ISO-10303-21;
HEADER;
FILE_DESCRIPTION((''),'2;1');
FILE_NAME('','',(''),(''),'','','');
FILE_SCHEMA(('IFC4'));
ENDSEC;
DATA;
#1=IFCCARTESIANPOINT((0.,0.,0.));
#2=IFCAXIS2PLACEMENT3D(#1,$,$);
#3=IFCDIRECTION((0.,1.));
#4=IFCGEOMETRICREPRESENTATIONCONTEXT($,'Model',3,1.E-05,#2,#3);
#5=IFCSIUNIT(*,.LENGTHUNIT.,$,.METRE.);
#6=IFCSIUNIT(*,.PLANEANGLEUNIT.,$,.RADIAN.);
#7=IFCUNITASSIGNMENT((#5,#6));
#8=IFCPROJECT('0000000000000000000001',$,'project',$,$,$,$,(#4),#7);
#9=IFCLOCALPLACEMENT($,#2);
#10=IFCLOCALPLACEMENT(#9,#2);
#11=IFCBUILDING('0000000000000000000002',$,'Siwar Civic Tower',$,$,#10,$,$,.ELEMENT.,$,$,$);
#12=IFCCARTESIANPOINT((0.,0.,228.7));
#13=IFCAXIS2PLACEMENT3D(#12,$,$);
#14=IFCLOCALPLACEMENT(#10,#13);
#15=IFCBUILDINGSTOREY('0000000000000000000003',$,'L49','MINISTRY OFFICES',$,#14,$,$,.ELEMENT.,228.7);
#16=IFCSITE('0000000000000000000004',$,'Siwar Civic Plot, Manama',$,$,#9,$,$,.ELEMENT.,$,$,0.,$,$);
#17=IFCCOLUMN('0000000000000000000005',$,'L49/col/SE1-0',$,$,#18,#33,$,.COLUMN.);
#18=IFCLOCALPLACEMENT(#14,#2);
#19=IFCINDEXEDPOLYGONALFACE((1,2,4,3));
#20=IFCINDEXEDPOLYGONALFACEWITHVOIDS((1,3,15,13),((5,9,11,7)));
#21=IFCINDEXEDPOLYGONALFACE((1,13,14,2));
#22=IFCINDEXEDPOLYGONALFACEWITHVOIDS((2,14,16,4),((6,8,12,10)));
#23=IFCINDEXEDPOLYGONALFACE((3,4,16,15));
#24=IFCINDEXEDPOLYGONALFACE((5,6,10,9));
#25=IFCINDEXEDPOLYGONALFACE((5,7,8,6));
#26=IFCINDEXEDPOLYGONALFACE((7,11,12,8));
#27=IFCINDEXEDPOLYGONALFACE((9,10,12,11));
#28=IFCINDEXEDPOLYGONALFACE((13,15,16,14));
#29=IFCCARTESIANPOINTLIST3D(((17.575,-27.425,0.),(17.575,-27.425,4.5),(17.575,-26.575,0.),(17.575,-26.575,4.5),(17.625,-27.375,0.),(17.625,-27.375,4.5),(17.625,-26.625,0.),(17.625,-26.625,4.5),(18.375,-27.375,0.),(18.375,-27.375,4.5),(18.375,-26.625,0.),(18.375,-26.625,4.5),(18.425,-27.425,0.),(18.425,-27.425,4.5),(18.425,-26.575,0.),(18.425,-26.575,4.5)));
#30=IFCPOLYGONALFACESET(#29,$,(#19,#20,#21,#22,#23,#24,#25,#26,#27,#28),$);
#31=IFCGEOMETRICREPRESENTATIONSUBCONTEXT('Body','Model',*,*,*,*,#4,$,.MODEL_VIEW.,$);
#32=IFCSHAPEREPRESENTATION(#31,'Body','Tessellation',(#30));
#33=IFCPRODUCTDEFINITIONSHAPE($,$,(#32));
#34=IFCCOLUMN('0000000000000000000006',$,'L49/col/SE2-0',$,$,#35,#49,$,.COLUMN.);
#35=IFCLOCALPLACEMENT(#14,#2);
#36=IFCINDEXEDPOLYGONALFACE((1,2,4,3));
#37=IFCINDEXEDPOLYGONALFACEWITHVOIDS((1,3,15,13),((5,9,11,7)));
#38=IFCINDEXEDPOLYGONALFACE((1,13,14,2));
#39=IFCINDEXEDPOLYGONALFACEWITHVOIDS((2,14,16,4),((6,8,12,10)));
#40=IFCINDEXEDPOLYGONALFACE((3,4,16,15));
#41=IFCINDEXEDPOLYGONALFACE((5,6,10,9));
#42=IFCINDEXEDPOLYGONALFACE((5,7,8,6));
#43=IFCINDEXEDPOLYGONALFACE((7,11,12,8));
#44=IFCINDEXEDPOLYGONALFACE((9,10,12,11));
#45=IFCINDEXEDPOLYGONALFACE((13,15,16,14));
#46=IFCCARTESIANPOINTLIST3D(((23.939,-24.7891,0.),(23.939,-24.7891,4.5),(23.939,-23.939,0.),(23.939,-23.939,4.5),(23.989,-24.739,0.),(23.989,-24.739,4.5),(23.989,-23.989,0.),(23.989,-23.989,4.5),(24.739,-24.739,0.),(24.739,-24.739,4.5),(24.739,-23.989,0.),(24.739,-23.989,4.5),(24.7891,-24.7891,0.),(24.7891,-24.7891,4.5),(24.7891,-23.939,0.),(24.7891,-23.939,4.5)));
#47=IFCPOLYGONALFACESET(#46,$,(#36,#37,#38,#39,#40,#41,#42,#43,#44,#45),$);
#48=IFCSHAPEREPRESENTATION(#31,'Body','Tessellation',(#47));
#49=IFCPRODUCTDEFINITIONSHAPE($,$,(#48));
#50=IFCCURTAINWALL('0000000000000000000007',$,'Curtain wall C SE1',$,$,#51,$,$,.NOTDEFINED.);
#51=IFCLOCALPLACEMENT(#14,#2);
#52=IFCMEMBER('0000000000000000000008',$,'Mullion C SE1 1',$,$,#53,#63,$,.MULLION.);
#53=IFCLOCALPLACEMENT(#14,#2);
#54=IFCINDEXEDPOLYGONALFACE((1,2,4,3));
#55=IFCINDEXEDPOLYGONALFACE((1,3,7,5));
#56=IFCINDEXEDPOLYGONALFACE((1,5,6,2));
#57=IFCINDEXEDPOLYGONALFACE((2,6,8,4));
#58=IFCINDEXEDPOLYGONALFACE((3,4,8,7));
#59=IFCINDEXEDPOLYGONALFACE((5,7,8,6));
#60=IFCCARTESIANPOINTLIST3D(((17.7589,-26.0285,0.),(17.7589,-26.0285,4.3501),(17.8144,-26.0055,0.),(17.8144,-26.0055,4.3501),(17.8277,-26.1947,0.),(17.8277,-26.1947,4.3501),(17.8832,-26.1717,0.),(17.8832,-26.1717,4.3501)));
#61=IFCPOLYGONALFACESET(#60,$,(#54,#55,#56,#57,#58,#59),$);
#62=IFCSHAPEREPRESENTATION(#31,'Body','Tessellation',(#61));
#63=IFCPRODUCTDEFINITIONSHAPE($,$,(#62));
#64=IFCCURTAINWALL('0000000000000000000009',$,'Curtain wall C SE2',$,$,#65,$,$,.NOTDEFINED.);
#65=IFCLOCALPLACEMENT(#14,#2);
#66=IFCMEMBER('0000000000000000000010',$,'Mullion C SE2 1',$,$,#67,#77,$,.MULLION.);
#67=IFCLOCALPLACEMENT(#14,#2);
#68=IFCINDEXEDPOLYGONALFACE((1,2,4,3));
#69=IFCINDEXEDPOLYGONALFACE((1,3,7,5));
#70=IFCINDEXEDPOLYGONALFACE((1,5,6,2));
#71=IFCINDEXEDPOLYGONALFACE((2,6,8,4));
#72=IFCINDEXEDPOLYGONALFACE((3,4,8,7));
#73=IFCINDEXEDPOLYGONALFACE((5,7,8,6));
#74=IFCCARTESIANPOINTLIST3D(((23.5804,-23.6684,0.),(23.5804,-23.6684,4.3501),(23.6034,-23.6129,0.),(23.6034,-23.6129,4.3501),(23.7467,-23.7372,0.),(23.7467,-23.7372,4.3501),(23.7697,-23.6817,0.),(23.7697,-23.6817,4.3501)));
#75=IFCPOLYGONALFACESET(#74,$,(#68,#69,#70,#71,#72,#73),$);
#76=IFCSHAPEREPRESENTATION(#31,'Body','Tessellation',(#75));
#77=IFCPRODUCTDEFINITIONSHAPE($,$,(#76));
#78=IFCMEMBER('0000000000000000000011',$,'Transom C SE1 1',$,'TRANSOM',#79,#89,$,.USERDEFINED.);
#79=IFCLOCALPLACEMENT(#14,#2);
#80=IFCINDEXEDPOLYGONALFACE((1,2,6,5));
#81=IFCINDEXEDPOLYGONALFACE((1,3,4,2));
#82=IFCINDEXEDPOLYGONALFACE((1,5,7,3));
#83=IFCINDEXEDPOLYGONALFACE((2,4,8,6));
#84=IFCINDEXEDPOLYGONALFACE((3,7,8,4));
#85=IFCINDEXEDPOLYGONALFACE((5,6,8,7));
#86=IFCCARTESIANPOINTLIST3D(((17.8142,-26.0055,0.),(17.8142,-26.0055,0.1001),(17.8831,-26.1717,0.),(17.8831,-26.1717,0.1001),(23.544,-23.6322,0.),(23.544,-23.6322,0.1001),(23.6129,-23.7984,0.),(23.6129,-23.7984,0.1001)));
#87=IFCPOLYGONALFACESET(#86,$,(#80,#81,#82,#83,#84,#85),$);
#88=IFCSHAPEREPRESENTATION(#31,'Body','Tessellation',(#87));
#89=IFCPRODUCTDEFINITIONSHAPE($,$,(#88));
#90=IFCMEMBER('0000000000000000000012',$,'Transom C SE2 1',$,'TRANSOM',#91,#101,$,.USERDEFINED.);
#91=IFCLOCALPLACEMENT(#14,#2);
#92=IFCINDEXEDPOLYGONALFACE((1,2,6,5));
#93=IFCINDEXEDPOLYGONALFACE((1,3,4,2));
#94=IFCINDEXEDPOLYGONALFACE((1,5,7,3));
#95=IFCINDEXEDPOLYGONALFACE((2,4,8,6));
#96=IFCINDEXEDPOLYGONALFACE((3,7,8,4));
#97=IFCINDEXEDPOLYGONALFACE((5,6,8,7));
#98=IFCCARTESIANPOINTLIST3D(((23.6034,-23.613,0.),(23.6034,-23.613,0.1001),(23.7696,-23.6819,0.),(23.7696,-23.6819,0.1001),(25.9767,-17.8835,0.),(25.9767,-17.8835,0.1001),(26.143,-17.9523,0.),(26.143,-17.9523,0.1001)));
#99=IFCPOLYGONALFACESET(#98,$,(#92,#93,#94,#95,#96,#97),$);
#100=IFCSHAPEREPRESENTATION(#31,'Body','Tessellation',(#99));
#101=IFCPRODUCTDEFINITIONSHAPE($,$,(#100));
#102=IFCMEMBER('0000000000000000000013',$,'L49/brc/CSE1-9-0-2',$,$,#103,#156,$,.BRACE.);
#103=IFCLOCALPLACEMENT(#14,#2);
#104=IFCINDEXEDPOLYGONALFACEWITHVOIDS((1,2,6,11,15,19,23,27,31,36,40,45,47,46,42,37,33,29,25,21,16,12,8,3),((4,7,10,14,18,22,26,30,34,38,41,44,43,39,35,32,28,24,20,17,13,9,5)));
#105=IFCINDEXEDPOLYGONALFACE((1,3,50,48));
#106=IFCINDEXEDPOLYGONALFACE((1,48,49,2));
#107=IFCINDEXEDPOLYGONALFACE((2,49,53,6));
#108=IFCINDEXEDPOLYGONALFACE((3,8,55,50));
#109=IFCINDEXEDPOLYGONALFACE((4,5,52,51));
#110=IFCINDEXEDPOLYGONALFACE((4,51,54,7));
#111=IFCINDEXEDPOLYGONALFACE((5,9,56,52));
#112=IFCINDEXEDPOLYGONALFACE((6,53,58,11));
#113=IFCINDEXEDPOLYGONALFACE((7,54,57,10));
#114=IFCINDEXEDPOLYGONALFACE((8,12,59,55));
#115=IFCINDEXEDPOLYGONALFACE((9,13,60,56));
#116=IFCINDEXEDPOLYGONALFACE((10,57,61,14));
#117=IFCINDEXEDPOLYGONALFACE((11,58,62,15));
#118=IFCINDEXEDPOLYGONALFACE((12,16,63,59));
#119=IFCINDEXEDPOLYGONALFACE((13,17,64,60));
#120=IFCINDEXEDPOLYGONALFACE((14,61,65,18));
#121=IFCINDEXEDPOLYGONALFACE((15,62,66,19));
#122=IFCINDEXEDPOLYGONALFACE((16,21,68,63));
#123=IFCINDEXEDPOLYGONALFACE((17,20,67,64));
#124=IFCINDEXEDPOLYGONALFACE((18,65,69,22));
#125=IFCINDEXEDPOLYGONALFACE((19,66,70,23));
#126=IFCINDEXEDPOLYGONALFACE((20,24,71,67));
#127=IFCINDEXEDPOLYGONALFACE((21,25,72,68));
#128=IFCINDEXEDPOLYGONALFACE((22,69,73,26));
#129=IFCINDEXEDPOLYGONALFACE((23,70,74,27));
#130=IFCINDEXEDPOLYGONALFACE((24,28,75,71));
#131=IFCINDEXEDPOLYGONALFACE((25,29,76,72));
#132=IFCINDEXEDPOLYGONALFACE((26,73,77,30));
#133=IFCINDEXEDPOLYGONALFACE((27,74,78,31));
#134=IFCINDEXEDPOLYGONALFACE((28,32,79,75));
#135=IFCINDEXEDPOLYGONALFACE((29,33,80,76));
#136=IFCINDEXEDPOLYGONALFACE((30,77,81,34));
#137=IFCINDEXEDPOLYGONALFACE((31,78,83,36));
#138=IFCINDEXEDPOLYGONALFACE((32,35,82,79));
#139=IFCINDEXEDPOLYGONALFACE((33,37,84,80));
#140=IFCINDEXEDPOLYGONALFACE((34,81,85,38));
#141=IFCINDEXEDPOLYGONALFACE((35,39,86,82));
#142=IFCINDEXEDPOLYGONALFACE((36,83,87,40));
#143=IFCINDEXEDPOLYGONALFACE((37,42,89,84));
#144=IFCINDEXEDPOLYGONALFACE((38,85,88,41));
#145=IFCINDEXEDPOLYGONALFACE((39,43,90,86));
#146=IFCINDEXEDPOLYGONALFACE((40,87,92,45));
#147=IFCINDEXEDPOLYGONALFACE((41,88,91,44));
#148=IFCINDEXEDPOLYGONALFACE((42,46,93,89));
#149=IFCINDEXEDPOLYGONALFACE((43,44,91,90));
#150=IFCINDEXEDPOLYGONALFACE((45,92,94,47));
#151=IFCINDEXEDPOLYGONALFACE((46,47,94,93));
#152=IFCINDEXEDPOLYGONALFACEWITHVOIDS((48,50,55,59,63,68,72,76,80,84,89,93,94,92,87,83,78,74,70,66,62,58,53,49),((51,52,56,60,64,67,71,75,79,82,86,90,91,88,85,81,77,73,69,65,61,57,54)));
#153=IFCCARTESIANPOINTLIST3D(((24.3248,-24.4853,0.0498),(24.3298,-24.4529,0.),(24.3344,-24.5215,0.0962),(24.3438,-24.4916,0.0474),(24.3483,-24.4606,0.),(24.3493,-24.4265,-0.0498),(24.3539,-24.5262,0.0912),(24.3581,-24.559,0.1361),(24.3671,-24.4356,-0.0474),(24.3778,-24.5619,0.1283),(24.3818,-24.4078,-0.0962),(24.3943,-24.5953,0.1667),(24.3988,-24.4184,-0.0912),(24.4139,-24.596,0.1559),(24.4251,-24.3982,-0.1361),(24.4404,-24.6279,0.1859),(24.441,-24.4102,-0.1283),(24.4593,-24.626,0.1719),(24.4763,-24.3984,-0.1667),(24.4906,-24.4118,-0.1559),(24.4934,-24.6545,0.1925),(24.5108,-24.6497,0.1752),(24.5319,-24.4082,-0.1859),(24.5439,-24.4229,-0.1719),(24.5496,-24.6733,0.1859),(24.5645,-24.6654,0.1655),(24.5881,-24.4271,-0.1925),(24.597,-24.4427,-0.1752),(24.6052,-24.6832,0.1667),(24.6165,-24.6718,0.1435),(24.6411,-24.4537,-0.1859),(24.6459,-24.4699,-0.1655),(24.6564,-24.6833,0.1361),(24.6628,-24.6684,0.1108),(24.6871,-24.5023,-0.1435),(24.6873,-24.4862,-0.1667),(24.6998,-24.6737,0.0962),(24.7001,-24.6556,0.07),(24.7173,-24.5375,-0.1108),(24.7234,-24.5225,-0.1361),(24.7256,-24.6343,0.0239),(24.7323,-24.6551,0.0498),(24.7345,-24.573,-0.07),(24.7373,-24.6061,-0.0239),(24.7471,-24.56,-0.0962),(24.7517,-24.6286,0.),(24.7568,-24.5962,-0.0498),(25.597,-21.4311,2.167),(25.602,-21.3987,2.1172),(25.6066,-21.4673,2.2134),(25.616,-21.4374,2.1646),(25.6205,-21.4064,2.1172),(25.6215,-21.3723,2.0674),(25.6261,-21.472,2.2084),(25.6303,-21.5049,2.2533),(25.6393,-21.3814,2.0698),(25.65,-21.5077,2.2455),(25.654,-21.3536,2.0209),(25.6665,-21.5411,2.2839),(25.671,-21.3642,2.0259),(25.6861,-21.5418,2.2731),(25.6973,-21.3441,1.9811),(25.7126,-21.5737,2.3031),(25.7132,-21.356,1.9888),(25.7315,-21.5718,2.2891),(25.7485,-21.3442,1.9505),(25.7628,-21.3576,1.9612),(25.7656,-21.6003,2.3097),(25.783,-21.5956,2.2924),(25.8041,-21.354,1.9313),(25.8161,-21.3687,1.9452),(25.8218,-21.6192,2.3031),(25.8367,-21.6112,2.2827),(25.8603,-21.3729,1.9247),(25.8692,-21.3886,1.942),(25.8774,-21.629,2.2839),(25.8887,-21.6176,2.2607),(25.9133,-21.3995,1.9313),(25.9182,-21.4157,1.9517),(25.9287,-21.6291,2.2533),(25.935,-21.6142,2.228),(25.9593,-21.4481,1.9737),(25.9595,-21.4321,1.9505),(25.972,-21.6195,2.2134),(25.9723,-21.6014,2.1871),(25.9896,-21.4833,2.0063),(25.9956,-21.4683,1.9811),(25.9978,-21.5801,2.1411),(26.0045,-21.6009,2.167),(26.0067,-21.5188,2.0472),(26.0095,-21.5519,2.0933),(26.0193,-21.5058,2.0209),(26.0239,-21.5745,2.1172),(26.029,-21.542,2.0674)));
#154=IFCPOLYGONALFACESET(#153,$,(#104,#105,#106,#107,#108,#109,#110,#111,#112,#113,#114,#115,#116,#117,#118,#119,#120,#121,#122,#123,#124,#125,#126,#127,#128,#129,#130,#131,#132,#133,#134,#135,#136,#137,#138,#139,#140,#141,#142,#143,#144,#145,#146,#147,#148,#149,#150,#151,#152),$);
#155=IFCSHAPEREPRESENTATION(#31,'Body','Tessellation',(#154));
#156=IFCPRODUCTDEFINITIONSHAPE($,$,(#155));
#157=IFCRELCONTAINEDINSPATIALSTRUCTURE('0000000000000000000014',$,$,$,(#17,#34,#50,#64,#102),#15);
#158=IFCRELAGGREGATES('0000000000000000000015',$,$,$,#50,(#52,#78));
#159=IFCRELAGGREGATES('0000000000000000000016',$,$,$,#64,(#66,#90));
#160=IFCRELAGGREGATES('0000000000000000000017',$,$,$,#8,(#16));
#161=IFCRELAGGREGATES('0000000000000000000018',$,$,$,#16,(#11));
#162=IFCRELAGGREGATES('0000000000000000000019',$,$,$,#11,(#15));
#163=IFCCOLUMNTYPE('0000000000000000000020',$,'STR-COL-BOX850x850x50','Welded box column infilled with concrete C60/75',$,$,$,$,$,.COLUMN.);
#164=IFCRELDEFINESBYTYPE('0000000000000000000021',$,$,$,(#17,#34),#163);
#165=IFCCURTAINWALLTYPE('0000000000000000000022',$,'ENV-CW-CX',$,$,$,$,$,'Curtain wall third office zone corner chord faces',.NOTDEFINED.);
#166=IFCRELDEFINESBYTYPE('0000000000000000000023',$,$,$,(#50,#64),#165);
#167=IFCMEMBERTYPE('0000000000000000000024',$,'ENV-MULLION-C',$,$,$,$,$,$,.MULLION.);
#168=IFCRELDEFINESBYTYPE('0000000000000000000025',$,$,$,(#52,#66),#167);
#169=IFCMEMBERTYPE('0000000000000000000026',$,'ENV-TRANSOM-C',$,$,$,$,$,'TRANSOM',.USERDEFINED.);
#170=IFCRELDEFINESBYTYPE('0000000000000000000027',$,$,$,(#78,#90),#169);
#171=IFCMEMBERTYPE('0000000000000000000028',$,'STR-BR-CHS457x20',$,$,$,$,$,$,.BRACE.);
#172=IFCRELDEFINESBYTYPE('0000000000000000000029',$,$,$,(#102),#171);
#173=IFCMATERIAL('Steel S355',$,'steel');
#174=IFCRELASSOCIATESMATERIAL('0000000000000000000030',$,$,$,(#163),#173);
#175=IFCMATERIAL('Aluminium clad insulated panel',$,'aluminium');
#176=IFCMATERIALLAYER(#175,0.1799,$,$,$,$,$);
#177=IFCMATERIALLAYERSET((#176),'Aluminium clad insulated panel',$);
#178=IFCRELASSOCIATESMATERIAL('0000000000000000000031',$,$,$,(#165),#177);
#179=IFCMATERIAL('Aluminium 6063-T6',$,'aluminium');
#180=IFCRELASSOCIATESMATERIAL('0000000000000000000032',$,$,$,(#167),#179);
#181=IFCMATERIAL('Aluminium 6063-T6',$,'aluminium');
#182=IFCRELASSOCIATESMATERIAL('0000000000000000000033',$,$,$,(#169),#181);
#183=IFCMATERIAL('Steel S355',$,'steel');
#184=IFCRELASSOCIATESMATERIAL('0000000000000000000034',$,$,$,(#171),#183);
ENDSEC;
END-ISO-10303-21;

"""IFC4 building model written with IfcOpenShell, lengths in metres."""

from ifc_helpers import new_model, si_unit, direction, frame, origin, origin_2d, place, context, subcontext, project, spatial, rectangle, hollow_rectangle, hollow_circle, extrude, material, layer, layer_set, material_profile, profile_set, type_object, element, aggregate, save


model = new_model("IFC4")

# Units and contexts
model_context = context("Model", 3, precision=1e-05, world=origin(), true_north=direction((0.0, 1.0)))
body_context = subcontext(model_context, "Body", "Model", "MODEL_VIEW")
ifc_project = project(units=[si_unit("LENGTHUNIT", "METRE"), si_unit("PLANEANGLEUNIT", "RADIAN")], contexts=[model_context])

# Site, building, storey
site_placement = place(None, origin())
site = spatial("IfcSite", under=ifc_project, at=site_placement, Name="Siwar Civic Plot, Manama", CompositionType="ELEMENT", RefElevation=0.0)
building_placement = place(site_placement, origin())
building = spatial("IfcBuilding", under=site, at=building_placement, Name="Siwar Civic Tower", CompositionType="ELEMENT")
storey_placement = place(building_placement, frame((0.0, 0.0, 228.7)))
storey = spatial("IfcBuildingStorey", under=building, at=storey_placement, Name="L49", Description="MINISTRY OFFICES", CompositionType="ELEMENT", Elevation=228.7)

# Columns
ifc_material_1 = material(Name="Steel S355", Category="steel")
ifc_material_profile_1 = material_profile(ifc_material_1, hollow_rectangle(XDim=0.8501, YDim=0.8501, WallThickness=0.05, at=origin_2d()), Name="BOX850x850x50")
ifc_profile_set_1 = profile_set([ifc_material_profile_1], Name="Steel S355")
column_type = type_object("IfcColumnType", Name="STR-COL-BOX850x850x50", Description="Welded box column infilled with concrete C60/75", PredefinedType="COLUMN", material=ifc_profile_set_1)
for number, where, z_axis, x_axis, name in (
    (1, (18.0, -27.0, 0.0), (0.0, 0.0, 1.0), (1.0, 0.0, 0.0), "L49/col/SE1-0"),
    (2, (24.364, -24.364, 0.0), (0.0, 0.0, 1.0), (1.0, 0.0, 0.0), "L49/col/SE2-0"),
):
    element("IfcColumn", number, at=place(storey_placement, frame(where, z_axis=z_axis, x_axis=x_axis)), inside=storey, type_object=column_type, Name=name, PredefinedType="COLUMN", context=body_context, shape_type="SweptSolid", body=[
        extrude(hollow_rectangle(XDim=0.8501, YDim=0.8501, WallThickness=0.05, at=origin_2d()), origin(), (0.0, 0.0, 1.0), 4.5),
    ])

# Curtain walls, members
ifc_material_2 = material(Name="Aluminium clad insulated panel", Category="aluminium")
ifc_layer_1 = layer(ifc_material_2, 0.1799)
ifc_layer_set_1 = layer_set([ifc_layer_1], Name="Aluminium clad insulated panel")
curtain_wall_type = type_object("IfcCurtainWallType", Name="ENV-CW-CX", ElementType="Curtain wall third office zone corner chord faces", PredefinedType="NOTDEFINED", material=ifc_layer_set_1)
curtain_wall_1_placement = place(storey_placement, origin())
curtain_wall_1 = element("IfcCurtainWall", 3, at=curtain_wall_1_placement, inside=storey, type_object=curtain_wall_type, Name="Curtain wall C SE1", PredefinedType="NOTDEFINED")
ifc_material_3 = material(Name="Aluminium 6063-T6", Category="aluminium")
ifc_material_profile_2 = material_profile(ifc_material_3, rectangle(XDim=0.1799, YDim=0.0601, at=origin_2d()), Name="AL 180x60")
ifc_profile_set_2 = profile_set([ifc_material_profile_2], Name="Aluminium 6063-T6")
member_type_1 = type_object("IfcMemberType", Name="ENV-MULLION-C", PredefinedType="MULLION", material=ifc_profile_set_2)
member_1_placement = place(storey_placement, frame((17.821, -26.1001, 0.0), z_axis=(0.0, 0.0, 1.0), x_axis=(-0.382683, 0.92388, 0.0)))
member_1 = element("IfcMember", 4, at=member_1_placement, type_object=member_type_1, Name="Mullion C SE1 1", PredefinedType="MULLION", context=body_context, shape_type="SweptSolid", body=[
    extrude(rectangle(XDim=0.1799, YDim=0.0601, at=origin_2d()), origin(), (0.0, 0.0, 1.0), 4.3501),
])
curtain_wall_2_placement = place(storey_placement, origin())
curtain_wall_2 = element("IfcCurtainWall", 5, at=curtain_wall_2_placement, inside=storey, type_object=curtain_wall_type, Name="Curtain wall C SE2", PredefinedType="NOTDEFINED")
member_2_placement = place(storey_placement, frame((23.675, -23.675, 0.0), z_axis=(0.0, 0.0, 1.0), x_axis=(-0.92388, 0.382683, 0.0)))
member_2 = element("IfcMember", 6, at=member_2_placement, type_object=member_type_1, Name="Mullion C SE2 1", PredefinedType="MULLION", context=body_context, shape_type="SweptSolid", body=[
    extrude(rectangle(XDim=0.1799, YDim=0.0601, at=origin_2d()), origin(), (0.0, 0.0, 1.0), 4.3501),
])

# Members
ifc_material_4 = material(Name="Aluminium 6063-T6", Category="aluminium")
ifc_material_profile_3 = material_profile(ifc_material_4, rectangle(XDim=0.1799, YDim=0.1001, at=origin_2d()), Name="AL 180x100")
ifc_profile_set_3 = profile_set([ifc_material_profile_3], Name="Aluminium 6063-T6")
member_type_2 = type_object("IfcMemberType", Name="ENV-TRANSOM-C", ElementType="TRANSOM", PredefinedType="USERDEFINED", material=ifc_profile_set_3)
member_3_placement = place(storey_placement, frame((17.8486, -26.0886, 0.05), z_axis=(0.923882, 0.382677, 0.0), x_axis=(-0.382677, 0.923882, 0.0)))
member_3 = element("IfcMember", 7, at=member_3_placement, type_object=member_type_2, Name="Transom C SE1 1", ObjectType="TRANSOM", PredefinedType="USERDEFINED", context=body_context, shape_type="SweptSolid", body=[
    extrude(rectangle(XDim=0.1799, YDim=0.1001, at=origin_2d()), origin(), (0.0, 0.0, 1.0), 6.2019),
])
member_4_placement = place(storey_placement, frame((23.6865, -23.6475, 0.05), z_axis=(0.382691, 0.923876, 0.0), x_axis=(-0.923876, 0.382691, 0.0)))
member_4 = element("IfcMember", 8, at=member_4_placement, type_object=member_type_2, Name="Transom C SE2 1", ObjectType="TRANSOM", PredefinedType="USERDEFINED", context=body_context, shape_type="SweptSolid", body=[
    extrude(rectangle(XDim=0.1799, YDim=0.1001, at=origin_2d()), origin(), (0.0, 0.0, 1.0), 6.2017),
])

# Member
ifc_material_5 = material(Name="Steel S355", Category="steel")
ifc_material_profile_4 = material_profile(ifc_material_5, hollow_circle(Radius=0.2285, WallThickness=0.02, at=origin_2d()), Name="CHS457x20")
ifc_profile_set_4 = profile_set([ifc_material_profile_4], Name="Steel S355")
member_type_3 = type_object("IfcMemberType", Name="STR-BR-CHS457x20", PredefinedType="BRACE", material=ifc_profile_set_4)
for number, where, z_axis, x_axis, name in (
    (9, (24.5408, -24.5408, 0.0), (0.323884, 0.777546, 0.538999), (-0.923116, 0.384521, 0.0), "L49/brc/CSE1-9-0-2"),
):
    element("IfcMember", number, at=place(storey_placement, frame(where, z_axis=z_axis, x_axis=x_axis)), inside=storey, type_object=member_type_3, Name=name, PredefinedType="BRACE", context=body_context, shape_type="SweptSolid", body=[
        extrude(hollow_circle(Radius=0.2285, WallThickness=0.02, at=origin_2d()), origin(), (0.0, 0.0, 1.0), 3.928),
    ])

aggregate(curtain_wall_1, [member_1, member_3])
aggregate(curtain_wall_2, [member_2, member_4])

save(model, "model.ifc")
